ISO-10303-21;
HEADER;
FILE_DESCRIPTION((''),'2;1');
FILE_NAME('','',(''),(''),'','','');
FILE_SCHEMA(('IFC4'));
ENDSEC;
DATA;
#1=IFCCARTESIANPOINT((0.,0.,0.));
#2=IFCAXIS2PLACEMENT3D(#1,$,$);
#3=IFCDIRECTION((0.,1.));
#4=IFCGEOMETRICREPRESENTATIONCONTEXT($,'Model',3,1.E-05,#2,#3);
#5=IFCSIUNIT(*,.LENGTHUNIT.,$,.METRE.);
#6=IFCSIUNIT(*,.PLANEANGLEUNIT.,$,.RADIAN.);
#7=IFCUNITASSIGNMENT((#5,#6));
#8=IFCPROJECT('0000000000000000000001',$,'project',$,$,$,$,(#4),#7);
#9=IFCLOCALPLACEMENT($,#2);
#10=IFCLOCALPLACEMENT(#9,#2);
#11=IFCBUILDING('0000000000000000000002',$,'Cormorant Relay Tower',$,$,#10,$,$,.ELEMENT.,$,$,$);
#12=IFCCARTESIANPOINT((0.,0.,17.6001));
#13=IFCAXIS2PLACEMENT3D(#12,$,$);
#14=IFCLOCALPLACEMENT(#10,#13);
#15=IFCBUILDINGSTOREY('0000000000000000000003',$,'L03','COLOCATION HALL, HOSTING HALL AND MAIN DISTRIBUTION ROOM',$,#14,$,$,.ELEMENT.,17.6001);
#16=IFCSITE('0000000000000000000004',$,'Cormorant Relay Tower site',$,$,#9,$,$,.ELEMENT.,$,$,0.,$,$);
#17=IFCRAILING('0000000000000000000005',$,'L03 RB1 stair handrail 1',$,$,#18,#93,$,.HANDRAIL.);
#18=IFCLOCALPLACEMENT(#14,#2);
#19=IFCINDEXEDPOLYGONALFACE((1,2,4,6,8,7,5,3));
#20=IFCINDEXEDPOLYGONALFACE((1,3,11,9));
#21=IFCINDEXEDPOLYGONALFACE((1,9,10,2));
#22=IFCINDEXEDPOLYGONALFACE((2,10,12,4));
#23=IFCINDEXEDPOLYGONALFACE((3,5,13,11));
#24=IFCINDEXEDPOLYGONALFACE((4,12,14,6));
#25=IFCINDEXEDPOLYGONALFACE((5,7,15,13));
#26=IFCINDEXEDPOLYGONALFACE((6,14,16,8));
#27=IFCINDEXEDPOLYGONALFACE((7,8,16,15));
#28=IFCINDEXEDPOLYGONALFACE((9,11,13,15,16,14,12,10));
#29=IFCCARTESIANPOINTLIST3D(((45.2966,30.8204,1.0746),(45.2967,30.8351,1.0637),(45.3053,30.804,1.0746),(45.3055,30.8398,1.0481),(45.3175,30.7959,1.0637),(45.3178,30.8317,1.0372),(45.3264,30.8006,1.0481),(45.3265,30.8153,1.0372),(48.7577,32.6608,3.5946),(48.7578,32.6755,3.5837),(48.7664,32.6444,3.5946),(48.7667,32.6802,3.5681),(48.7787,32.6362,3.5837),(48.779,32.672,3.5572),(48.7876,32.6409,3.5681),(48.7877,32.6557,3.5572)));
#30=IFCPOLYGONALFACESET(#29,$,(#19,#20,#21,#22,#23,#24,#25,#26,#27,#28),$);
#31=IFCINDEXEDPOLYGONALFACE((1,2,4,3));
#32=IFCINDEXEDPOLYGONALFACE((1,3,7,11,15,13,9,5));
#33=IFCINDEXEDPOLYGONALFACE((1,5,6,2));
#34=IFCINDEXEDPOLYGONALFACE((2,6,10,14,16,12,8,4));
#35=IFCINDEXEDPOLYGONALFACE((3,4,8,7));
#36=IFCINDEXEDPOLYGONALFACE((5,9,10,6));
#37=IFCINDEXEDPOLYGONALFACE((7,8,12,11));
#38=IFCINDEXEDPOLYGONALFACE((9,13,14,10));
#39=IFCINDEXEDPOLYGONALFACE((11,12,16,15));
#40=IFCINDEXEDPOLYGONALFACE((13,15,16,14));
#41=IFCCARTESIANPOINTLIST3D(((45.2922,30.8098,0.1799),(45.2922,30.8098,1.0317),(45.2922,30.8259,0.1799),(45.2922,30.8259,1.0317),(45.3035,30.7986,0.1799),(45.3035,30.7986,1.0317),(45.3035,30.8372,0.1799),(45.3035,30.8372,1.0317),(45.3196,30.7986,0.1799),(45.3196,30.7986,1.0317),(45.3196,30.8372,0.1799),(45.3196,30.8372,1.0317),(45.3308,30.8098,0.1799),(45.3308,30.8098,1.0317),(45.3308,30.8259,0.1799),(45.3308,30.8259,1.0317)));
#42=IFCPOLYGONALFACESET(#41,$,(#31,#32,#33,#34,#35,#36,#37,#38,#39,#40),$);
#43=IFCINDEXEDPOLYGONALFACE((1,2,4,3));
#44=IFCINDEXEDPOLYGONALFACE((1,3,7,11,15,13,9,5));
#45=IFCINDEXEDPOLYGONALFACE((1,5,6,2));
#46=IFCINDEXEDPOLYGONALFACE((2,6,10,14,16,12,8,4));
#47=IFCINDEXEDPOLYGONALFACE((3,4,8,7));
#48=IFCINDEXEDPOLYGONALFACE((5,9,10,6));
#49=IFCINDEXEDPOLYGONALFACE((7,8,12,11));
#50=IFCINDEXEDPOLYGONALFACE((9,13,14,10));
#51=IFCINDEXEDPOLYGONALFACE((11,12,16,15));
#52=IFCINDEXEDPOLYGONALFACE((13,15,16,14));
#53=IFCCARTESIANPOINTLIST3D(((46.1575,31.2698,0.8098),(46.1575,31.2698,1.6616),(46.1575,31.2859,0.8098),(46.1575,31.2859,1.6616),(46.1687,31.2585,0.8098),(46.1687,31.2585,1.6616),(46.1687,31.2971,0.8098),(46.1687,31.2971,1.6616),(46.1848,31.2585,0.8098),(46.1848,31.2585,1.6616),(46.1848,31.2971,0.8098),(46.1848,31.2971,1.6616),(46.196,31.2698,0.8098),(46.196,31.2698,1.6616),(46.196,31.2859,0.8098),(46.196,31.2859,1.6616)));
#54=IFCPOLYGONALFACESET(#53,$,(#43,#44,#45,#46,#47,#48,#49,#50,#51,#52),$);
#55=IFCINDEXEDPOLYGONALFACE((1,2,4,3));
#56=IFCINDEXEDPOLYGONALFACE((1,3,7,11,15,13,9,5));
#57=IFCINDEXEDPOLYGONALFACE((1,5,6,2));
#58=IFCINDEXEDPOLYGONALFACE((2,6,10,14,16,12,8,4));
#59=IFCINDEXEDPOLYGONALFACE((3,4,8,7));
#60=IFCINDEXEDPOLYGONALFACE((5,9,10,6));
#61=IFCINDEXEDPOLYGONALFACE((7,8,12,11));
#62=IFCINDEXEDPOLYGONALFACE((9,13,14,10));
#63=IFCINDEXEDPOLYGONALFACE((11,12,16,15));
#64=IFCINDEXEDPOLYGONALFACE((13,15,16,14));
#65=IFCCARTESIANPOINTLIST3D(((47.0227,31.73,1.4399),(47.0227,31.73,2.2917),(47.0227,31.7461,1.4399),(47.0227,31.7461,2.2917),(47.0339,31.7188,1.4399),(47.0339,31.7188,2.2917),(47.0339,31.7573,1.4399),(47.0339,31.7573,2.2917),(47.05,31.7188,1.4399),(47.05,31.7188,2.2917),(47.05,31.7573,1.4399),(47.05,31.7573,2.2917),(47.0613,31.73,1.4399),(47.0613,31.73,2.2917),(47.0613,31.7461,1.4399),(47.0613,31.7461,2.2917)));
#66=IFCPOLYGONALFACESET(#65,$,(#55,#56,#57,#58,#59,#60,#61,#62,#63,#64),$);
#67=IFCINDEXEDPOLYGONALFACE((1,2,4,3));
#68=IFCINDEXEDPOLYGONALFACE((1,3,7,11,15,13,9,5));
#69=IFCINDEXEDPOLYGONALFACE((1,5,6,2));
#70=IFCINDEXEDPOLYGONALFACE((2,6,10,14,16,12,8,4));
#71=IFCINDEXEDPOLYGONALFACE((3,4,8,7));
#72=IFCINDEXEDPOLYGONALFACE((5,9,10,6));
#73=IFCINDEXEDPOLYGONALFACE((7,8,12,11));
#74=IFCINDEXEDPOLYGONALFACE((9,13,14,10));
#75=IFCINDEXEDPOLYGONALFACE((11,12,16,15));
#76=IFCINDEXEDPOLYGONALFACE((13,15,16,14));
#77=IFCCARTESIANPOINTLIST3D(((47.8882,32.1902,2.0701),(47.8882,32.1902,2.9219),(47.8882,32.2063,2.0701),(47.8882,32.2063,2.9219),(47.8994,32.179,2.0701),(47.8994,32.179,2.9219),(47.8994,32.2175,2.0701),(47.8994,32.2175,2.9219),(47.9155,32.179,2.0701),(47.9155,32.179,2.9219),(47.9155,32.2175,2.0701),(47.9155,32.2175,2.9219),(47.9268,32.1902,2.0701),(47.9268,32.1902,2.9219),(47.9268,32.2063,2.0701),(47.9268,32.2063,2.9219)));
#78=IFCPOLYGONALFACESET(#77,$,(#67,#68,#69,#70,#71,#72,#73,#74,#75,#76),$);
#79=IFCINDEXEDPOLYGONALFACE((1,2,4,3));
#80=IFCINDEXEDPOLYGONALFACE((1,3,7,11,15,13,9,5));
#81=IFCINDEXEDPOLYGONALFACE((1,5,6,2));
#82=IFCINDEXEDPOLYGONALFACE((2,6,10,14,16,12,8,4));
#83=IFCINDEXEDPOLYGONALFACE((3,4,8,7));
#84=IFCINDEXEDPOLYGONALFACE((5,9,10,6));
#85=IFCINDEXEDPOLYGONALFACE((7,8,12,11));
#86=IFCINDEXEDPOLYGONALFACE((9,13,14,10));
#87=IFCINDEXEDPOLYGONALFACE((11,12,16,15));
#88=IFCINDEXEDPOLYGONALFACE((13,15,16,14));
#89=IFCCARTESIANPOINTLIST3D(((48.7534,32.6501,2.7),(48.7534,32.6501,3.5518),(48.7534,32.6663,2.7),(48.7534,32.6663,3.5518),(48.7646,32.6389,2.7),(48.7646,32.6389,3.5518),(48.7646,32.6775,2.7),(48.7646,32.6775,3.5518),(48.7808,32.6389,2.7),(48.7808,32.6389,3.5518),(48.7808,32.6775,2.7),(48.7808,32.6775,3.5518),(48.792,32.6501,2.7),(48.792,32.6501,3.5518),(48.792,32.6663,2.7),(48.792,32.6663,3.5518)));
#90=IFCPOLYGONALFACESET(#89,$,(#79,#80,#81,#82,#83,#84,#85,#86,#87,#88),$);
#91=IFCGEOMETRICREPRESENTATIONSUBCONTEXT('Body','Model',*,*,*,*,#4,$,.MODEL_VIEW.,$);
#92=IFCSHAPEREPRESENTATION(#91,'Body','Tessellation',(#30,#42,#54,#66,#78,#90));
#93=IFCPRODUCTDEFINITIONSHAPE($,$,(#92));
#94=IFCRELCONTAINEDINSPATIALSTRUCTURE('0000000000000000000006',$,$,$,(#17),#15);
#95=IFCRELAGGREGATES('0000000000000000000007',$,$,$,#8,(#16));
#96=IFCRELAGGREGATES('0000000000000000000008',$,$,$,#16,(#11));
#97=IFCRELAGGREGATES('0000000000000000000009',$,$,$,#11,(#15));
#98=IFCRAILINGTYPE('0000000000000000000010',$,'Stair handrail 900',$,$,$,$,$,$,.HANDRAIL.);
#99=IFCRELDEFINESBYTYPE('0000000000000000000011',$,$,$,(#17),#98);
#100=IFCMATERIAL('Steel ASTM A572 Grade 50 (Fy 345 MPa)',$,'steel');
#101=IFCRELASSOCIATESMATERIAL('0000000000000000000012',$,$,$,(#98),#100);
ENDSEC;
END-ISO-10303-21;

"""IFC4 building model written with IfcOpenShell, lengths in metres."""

from ifc_helpers import new_model, si_unit, direction, frame, origin, place, context, subcontext, project, spatial, polyline, outline, extrude, material, type_object, element, save


model = new_model("IFC4")

# Units and contexts
model_context = context("Model", 3, precision=1e-05, world=origin(), true_north=direction((0.0, 1.0)))
body_context = subcontext(model_context, "Body", "Model", "MODEL_VIEW")
ifc_project = project(units=[si_unit("LENGTHUNIT", "METRE"), si_unit("PLANEANGLEUNIT", "RADIAN")], contexts=[model_context])

# Site, building, storey
site_placement = place(None, origin())
site = spatial("IfcSite", under=ifc_project, at=site_placement, Name="Cormorant Relay Tower site", CompositionType="ELEMENT", RefElevation=0.0)
building_placement = place(site_placement, origin())
building = spatial("IfcBuilding", under=site, at=building_placement, Name="Cormorant Relay Tower", CompositionType="ELEMENT")
storey_placement = place(building_placement, frame((0.0, 0.0, 17.6001)))
storey = spatial("IfcBuildingStorey", under=building, at=storey_placement, Name="L03", Description="COLOCATION HALL, HOSTING HALL AND MAIN DISTRIBUTION ROOM", CompositionType="ELEMENT", Elevation=17.6001)

# Railing
ifc_material_1 = material(Name="Steel ASTM A572 Grade 50 (Fy 345 MPa)", Category="steel")
railing_type_1 = type_object("IfcRailingType", Name="Stair handrail 900", PredefinedType="HANDRAIL", material=ifc_material_1)
railing_1_placement = place(storey_placement, frame((45.3115, 30.8179, 0.1799)))
element("IfcRailing", 1, at=railing_1_placement, inside=storey, type_object=railing_type_1, Name="L03 RB1 stair handrail 1", PredefinedType="HANDRAIL", context=body_context, shape_type="SweptSolid", body=[
    extrude(outline(polyline([(0.0222, 0.0093), (0.0093, 0.0222), (-0.0093, 0.0222), (-0.0222, 0.0093), (-0.0222, -0.0093), (-0.0093, -0.0222), (0.0093, -0.0222), (0.0222, -0.0093), (0.0222, 0.0093)])), frame((0.0, 0.0, 0.876), z_axis=(0.742717, 0.394907, 0.540758), x_axis=(-0.469469, 0.882949, 0.0)), (0.0, 0.0, 1.0), 4.6602),
    extrude(outline(polyline([(0.0193, 0.0081), (0.0081, 0.0193), (-0.0081, 0.0193), (-0.0193, 0.0081), (-0.0193, -0.0081), (-0.0081, -0.0193), (0.0081, -0.0193), (0.0193, -0.0081), (0.0193, 0.0081)])), origin(), (0.0, 0.0, 1.0), 0.8518),
    extrude(outline(polyline([(0.0193, 0.0081), (0.0081, 0.0193), (-0.0081, 0.0193), (-0.0193, 0.0081), (-0.0193, -0.0081), (-0.0081, -0.0193), (0.0081, -0.0193), (0.0193, -0.0081), (0.0193, 0.0081)])), frame((0.8652, 0.46, 0.6299)), (0.0, 0.0, 1.0), 0.8518),
    extrude(outline(polyline([(0.0193, 0.0081), (0.0081, 0.0193), (-0.0081, 0.0193), (-0.0193, 0.0081), (-0.0193, -0.0081), (-0.0081, -0.0193), (0.0081, -0.0193), (0.0193, -0.0081), (0.0193, 0.0081)])), frame((1.7305, 0.9202, 1.26)), (0.0, 0.0, 1.0), 0.8518),
    extrude(outline(polyline([(0.0193, 0.0081), (0.0081, 0.0193), (-0.0081, 0.0193), (-0.0193, 0.0081), (-0.0193, -0.0081), (-0.0081, -0.0193), (0.0081, -0.0193), (0.0193, -0.0081), (0.0193, 0.0081)])), frame((2.5959, 1.3804, 1.8901)), (0.0, 0.0, 1.0), 0.8518),
    extrude(outline(polyline([(0.0193, 0.0081), (0.0081, 0.0193), (-0.0081, 0.0193), (-0.0193, 0.0081), (-0.0193, -0.0081), (-0.0081, -0.0193), (0.0081, -0.0193), (0.0193, -0.0081), (0.0193, 0.0081)])), frame((3.4612, 1.8403, 2.52)), (0.0, 0.0, 1.0), 0.8518),
])

save(model, "model.ifc")
